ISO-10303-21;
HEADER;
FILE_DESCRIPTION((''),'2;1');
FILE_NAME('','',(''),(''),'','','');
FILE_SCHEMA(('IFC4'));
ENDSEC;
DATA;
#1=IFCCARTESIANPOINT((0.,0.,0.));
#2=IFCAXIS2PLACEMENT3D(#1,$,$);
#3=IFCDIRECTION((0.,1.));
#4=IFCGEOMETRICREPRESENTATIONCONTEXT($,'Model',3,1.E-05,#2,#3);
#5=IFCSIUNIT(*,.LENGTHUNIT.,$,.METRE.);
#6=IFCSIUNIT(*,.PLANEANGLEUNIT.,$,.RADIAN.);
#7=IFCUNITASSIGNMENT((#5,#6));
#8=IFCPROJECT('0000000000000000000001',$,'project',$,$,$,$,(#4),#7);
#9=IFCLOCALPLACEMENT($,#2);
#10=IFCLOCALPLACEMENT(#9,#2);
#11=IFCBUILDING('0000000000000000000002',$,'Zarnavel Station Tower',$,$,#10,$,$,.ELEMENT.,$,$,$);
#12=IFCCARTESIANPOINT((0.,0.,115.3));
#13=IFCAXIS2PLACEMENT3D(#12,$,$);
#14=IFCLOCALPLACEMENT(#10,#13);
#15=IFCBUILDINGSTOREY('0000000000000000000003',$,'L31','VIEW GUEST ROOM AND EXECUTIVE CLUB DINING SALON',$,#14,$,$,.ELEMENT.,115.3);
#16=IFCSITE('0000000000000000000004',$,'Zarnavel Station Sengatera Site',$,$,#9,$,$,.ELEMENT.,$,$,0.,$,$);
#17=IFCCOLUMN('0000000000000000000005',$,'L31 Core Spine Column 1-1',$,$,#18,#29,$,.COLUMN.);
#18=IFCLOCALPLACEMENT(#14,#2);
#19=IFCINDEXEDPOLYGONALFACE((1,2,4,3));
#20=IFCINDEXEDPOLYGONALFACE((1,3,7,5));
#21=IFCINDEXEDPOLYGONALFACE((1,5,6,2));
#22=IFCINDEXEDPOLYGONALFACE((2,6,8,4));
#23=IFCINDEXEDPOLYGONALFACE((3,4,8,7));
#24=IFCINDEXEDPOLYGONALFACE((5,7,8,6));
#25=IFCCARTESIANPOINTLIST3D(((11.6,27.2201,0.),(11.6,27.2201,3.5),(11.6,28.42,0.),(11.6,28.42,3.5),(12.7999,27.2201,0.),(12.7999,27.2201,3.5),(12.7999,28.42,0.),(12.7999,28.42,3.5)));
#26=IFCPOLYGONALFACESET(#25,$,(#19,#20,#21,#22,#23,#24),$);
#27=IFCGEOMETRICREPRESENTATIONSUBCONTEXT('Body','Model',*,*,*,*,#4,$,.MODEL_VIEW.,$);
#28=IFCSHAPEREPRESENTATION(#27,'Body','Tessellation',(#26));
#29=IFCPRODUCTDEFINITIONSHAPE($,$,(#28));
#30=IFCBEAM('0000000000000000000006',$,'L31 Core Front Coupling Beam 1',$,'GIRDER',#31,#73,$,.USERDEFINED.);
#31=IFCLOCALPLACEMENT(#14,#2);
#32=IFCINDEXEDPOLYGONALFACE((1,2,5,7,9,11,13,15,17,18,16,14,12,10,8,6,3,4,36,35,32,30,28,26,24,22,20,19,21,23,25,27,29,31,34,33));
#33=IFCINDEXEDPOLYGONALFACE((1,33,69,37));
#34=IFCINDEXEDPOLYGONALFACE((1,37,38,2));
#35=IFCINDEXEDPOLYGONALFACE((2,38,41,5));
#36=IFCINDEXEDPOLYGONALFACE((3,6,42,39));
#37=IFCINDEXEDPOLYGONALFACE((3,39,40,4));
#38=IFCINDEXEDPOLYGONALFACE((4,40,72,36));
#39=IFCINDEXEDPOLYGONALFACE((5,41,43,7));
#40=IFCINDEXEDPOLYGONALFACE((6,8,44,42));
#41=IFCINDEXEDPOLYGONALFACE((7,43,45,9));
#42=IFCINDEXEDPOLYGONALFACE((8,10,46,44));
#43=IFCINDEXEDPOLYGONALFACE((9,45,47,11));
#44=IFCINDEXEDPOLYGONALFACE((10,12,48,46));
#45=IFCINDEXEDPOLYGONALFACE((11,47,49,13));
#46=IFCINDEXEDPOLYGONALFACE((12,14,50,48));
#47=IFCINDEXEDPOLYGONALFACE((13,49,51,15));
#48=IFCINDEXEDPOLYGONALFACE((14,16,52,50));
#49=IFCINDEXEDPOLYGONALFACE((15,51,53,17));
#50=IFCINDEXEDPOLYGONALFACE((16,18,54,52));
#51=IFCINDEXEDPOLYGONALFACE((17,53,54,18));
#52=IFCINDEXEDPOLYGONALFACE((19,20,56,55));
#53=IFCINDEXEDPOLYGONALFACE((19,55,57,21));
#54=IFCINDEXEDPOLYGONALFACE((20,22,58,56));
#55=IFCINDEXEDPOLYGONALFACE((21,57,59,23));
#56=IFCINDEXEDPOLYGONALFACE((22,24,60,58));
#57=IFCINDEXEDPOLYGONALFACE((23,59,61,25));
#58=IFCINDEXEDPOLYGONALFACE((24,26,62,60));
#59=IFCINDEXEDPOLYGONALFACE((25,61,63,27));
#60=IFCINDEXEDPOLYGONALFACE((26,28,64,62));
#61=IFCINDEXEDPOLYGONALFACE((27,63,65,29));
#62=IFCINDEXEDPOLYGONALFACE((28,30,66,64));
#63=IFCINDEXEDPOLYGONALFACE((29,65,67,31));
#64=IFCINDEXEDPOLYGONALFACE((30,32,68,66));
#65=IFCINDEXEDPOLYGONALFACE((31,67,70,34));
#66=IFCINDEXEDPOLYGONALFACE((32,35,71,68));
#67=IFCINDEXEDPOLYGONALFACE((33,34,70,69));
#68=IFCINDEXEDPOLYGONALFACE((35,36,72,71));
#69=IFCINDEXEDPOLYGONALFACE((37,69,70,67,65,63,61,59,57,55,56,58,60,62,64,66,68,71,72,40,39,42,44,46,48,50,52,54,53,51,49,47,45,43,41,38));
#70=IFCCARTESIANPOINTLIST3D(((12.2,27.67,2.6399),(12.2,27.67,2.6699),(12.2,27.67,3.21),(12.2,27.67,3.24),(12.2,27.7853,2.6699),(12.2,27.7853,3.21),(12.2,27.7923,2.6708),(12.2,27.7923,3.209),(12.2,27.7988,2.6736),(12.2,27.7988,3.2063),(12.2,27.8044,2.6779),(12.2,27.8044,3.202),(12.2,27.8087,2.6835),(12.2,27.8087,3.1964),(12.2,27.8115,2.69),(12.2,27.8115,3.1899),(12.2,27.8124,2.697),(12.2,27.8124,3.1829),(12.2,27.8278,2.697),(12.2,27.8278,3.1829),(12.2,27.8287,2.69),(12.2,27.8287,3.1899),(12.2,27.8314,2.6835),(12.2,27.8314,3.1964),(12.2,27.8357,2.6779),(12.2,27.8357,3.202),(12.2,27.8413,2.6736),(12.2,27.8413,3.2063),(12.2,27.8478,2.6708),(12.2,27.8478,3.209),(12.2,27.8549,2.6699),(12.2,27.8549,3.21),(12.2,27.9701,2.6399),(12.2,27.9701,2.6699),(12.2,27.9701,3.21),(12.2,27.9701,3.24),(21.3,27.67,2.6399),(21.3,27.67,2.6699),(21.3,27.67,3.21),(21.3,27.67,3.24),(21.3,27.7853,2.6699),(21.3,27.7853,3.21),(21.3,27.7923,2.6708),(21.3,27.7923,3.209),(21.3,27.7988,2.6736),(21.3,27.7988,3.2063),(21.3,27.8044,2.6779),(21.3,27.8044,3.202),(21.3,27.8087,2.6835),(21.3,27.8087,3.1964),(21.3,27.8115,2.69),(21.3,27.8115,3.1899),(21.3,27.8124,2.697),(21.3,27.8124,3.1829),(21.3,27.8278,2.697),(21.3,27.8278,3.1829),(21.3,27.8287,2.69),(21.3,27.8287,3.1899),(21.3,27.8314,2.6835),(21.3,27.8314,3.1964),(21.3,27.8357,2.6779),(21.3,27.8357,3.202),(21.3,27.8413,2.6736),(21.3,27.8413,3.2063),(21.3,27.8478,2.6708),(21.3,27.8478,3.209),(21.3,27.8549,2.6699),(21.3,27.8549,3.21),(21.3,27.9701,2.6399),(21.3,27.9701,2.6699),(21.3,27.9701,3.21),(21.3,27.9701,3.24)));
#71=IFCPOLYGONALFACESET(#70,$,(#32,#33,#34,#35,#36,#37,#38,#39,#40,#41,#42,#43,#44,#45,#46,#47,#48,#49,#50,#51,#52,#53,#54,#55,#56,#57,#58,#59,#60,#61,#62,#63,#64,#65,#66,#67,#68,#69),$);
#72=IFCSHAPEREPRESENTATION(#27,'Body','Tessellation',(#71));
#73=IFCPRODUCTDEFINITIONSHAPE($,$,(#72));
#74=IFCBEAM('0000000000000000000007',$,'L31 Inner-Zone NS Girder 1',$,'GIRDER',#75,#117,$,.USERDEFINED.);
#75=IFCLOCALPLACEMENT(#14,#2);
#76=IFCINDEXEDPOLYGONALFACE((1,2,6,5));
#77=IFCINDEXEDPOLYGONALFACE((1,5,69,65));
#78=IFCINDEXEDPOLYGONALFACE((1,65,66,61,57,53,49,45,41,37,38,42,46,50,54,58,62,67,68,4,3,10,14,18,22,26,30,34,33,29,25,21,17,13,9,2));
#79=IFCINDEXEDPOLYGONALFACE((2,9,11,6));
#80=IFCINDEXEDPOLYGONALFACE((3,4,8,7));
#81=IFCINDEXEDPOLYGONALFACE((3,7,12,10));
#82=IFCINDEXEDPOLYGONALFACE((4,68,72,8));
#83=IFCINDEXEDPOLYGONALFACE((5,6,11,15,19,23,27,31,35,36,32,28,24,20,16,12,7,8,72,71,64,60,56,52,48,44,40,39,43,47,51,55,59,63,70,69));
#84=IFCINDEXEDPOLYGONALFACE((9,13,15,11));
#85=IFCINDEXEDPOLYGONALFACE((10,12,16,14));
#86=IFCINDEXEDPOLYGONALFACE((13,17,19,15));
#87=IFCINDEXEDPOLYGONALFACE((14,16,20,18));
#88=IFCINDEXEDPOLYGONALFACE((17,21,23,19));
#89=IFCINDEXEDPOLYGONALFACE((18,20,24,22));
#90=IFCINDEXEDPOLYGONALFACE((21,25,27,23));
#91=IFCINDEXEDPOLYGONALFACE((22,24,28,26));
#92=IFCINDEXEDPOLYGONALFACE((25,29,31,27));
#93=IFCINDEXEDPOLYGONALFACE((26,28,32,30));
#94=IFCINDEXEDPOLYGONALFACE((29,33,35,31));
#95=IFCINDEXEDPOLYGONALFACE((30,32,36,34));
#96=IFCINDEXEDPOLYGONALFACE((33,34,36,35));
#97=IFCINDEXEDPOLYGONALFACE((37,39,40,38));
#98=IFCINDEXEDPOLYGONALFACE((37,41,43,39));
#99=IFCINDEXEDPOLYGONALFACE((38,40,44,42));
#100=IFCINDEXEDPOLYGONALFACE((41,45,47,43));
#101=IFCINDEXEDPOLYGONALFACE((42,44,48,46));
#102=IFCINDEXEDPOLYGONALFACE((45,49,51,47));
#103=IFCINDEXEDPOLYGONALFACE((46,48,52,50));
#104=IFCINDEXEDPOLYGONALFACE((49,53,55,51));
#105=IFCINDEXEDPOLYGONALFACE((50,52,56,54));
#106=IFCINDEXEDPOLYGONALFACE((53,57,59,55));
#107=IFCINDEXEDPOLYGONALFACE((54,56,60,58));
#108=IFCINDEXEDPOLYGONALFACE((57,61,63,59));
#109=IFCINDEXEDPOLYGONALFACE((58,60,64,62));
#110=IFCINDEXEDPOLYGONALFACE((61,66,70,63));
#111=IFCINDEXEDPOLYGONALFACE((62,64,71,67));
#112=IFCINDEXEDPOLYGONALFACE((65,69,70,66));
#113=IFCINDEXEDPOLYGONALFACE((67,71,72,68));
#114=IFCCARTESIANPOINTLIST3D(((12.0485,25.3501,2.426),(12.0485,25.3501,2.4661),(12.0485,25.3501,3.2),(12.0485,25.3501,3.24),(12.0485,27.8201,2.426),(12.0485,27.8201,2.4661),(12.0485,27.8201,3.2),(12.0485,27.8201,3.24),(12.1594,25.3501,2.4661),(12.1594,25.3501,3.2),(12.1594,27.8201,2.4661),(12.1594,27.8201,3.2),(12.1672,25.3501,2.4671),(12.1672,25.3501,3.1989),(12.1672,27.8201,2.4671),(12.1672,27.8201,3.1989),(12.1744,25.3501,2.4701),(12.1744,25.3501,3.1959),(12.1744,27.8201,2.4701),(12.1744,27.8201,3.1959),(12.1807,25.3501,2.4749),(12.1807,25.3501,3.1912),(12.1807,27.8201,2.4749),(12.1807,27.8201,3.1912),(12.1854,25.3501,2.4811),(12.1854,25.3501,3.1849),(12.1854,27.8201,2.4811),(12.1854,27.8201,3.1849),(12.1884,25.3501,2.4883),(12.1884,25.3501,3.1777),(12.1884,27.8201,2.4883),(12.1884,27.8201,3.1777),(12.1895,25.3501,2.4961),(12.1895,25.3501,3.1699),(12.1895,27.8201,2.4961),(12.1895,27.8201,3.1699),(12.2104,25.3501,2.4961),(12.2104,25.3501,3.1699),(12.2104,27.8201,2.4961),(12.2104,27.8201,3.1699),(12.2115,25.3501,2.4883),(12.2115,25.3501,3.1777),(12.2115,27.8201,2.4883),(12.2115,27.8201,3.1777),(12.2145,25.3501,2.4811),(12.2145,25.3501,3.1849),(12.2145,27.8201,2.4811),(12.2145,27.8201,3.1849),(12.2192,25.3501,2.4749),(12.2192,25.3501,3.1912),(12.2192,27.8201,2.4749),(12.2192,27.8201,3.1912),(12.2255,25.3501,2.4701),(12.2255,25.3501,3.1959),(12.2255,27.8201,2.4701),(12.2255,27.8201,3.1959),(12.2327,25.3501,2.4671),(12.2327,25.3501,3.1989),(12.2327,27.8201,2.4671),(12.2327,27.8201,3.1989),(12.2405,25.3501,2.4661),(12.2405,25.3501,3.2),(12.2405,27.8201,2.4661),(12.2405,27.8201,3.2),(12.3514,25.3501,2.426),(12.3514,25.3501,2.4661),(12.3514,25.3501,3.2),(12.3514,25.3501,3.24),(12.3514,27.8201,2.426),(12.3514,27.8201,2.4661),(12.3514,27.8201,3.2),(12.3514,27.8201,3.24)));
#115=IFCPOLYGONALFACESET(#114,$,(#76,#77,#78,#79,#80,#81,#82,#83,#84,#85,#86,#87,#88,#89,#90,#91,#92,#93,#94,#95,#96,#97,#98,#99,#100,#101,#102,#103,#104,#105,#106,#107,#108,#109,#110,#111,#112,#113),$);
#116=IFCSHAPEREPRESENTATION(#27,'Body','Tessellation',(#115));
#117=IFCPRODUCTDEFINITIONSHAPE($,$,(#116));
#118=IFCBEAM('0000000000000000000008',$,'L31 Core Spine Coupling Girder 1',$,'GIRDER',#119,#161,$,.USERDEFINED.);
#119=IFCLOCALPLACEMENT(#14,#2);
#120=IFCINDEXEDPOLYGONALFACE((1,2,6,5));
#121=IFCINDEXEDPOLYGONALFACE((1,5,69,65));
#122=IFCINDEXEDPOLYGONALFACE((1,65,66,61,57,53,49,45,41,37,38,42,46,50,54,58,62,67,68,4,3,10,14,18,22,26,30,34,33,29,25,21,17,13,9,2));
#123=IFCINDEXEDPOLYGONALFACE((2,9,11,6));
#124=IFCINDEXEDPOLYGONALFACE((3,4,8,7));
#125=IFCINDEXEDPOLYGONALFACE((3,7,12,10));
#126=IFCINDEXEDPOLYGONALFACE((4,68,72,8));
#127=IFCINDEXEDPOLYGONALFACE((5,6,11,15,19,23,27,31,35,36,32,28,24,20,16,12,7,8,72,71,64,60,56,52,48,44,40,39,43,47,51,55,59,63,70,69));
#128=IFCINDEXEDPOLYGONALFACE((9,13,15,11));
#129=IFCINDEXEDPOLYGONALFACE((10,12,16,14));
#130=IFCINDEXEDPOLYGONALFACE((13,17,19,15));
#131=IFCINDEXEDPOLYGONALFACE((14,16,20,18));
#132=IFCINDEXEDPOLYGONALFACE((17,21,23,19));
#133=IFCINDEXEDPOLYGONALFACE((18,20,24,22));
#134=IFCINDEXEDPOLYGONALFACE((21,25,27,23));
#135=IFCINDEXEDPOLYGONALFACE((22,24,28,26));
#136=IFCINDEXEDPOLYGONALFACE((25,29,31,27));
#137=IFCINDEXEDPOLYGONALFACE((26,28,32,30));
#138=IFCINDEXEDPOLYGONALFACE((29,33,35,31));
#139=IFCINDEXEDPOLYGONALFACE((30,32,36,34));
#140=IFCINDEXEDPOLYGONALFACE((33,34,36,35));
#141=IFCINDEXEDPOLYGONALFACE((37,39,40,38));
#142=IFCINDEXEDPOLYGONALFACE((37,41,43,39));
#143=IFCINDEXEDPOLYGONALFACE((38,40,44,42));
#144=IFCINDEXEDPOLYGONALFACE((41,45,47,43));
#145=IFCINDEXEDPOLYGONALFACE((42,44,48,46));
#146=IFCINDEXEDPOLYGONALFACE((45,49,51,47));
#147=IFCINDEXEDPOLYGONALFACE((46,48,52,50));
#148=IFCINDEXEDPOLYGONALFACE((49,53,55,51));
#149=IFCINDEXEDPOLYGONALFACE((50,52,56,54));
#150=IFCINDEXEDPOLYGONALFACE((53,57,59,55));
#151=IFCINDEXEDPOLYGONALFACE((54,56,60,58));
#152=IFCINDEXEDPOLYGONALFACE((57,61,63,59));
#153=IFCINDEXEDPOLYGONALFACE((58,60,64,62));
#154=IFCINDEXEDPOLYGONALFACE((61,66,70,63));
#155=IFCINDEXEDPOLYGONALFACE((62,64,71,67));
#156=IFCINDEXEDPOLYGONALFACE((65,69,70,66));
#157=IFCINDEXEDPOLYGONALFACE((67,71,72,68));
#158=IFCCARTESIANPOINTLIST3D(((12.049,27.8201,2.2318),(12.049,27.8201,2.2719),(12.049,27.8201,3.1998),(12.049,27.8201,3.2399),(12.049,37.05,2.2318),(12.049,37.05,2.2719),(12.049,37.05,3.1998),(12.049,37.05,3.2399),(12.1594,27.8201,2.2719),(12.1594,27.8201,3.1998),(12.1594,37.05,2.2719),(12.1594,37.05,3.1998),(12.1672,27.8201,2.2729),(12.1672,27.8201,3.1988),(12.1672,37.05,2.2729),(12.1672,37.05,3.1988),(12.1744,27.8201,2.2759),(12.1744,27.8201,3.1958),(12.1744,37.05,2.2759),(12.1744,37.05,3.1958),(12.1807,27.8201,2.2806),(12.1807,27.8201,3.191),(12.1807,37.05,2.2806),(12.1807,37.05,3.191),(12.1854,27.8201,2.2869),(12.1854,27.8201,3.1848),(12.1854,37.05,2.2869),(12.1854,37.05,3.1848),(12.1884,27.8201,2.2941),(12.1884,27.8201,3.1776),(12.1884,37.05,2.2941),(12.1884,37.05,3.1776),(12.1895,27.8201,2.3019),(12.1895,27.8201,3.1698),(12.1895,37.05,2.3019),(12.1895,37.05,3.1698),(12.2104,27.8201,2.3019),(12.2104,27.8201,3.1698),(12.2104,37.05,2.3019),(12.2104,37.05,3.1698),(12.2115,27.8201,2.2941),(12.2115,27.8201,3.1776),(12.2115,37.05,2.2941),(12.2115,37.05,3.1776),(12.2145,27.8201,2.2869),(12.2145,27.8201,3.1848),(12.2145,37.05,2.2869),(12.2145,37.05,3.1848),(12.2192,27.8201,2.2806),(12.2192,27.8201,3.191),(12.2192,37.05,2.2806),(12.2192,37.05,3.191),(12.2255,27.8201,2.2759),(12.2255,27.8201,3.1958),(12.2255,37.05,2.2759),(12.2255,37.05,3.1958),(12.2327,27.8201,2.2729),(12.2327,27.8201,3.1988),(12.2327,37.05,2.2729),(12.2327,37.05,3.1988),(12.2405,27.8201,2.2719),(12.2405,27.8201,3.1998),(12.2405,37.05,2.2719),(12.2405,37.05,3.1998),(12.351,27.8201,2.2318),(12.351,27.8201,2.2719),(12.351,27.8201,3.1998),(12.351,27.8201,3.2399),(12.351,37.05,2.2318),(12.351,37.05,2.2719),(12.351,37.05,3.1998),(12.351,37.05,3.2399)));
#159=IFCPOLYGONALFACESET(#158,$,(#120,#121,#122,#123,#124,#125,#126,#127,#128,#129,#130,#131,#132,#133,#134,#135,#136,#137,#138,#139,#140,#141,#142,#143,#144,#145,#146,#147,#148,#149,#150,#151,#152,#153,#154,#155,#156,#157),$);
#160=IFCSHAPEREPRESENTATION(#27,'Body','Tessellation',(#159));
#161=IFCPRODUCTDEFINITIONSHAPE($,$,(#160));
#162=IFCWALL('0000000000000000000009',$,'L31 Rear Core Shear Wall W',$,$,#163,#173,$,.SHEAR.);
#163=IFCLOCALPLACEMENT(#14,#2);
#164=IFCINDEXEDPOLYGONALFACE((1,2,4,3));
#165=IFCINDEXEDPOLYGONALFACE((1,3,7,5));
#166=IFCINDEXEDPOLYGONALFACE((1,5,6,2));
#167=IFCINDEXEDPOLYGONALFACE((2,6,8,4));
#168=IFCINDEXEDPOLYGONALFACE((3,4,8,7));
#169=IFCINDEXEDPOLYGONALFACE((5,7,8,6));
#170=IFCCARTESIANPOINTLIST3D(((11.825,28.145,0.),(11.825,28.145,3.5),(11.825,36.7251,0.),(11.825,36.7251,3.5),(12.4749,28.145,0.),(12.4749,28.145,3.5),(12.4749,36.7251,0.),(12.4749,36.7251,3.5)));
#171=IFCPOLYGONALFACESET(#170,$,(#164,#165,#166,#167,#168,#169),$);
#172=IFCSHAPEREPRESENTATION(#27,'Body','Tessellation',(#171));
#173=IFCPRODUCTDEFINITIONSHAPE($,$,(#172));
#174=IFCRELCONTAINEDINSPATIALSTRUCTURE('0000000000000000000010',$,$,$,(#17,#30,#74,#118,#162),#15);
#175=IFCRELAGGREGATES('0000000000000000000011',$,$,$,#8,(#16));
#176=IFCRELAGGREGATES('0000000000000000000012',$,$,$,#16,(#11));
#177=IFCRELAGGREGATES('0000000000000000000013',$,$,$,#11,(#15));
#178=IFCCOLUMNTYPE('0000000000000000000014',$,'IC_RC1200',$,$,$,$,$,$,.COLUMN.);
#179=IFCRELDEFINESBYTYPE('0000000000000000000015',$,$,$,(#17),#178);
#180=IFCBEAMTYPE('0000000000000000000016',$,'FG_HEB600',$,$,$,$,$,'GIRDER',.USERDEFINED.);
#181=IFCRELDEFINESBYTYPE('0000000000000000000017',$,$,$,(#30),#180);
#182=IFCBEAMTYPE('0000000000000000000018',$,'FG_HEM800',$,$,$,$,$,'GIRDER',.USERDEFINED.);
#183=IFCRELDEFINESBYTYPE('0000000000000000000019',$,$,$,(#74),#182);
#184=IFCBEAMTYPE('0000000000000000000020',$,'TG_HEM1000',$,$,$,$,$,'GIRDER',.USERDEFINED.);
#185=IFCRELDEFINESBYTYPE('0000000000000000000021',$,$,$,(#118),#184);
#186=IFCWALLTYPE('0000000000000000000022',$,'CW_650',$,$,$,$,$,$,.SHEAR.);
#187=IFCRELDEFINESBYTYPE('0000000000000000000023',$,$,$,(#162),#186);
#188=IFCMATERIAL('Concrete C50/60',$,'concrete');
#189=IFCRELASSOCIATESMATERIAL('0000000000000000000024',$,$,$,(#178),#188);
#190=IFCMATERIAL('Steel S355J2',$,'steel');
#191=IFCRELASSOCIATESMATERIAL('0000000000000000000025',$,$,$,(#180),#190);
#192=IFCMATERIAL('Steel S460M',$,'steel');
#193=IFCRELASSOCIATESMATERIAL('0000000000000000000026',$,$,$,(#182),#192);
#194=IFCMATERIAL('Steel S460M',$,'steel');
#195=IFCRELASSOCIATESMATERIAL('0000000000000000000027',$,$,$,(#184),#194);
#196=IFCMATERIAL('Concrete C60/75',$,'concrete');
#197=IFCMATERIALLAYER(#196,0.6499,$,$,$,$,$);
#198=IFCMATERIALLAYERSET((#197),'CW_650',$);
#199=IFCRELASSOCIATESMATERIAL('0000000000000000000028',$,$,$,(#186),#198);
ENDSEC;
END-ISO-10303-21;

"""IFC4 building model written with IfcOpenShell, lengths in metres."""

from ifc_helpers import new_model, si_unit, direction, frame, frame_2d, origin, origin_2d, place, context, subcontext, project, spatial, rectangle, i_section, extrude, material, layer, layer_set, material_profile, profile_set, type_object, element, save


model = new_model("IFC4")

# Units and contexts
model_context = context("Model", 3, precision=1e-05, world=origin(), true_north=direction((0.0, 1.0)))
body_context = subcontext(model_context, "Body", "Model", "MODEL_VIEW")
ifc_project = project(units=[si_unit("LENGTHUNIT", "METRE"), si_unit("PLANEANGLEUNIT", "RADIAN")], contexts=[model_context])

# Site, building, storey
site_placement = place(None, origin())
site = spatial("IfcSite", under=ifc_project, at=site_placement, Name="Zarnavel Station Sengatera Site", CompositionType="ELEMENT", RefElevation=0.0)
building_placement = place(site_placement, origin())
building = spatial("IfcBuilding", under=site, at=building_placement, Name="Zarnavel Station Tower", CompositionType="ELEMENT")
storey_placement = place(building_placement, frame((0.0, 0.0, 115.3)))
storey = spatial("IfcBuildingStorey", under=building, at=storey_placement, Name="L31", Description="VIEW GUEST ROOM AND EXECUTIVE CLUB DINING SALON", CompositionType="ELEMENT", Elevation=115.3)

# Column
ifc_material_1 = material(Name="Concrete C50/60", Category="concrete")
ifc_material_profile_1 = material_profile(ifc_material_1, rectangle(XDim=1.2, YDim=1.2, at=origin_2d()), Name="RC1200x1200")
ifc_profile_set_1 = profile_set([ifc_material_profile_1], Name="Concrete C50/60")
column_type = type_object("IfcColumnType", Name="IC_RC1200", PredefinedType="COLUMN", material=ifc_profile_set_1)
column_placement = place(storey_placement, frame((12.2, 27.8201, 0.0), z_axis=(0.0, 0.0, 1.0), x_axis=(1.0, 0.0, 0.0)))
element("IfcColumn", 1, at=column_placement, inside=storey, type_object=column_type, Name="L31 Core Spine Column 1-1", PredefinedType="COLUMN", context=body_context, shape_type="SweptSolid", body=[
    extrude(rectangle(XDim=1.2, YDim=1.2, at=origin_2d()), origin(), (0.0, 0.0, 1.0), 3.5),
])

# Beams
ifc_material_2 = material(Name="Steel S355J2", Category="steel")
ifc_material_profile_2 = material_profile(ifc_material_2, i_section(OverallWidth=0.3, OverallDepth=0.6001, WebThickness=0.0154, FlangeThickness=0.03, FilletRadius=0.0271, at=origin_2d()), Name="HEB600")
ifc_profile_set_2 = profile_set([ifc_material_profile_2], Name="Steel S355J2")
beam_type_1 = type_object("IfcBeamType", Name="FG_HEB600", ElementType="GIRDER", PredefinedType="USERDEFINED", material=ifc_profile_set_2)
beam_1_placement = place(storey_placement, frame((12.2, 27.8201, 2.9399), z_axis=(1.0, 0.0, 0.0), x_axis=(0.0, 1.0, 0.0)))
element("IfcBeam", 2, at=beam_1_placement, inside=storey, type_object=beam_type_1, Name="L31 Core Front Coupling Beam 1", ObjectType="GIRDER", PredefinedType="USERDEFINED", context=body_context, shape_type="SweptSolid", body=[
    extrude(i_section(OverallWidth=0.3, OverallDepth=0.6001, WebThickness=0.0154, FlangeThickness=0.03, FilletRadius=0.0271, at=origin_2d()), origin(), (0.0, 0.0, 1.0), 9.1001),
])
ifc_material_3 = material(Name="Steel S460M", Category="steel")
ifc_material_profile_3 = material_profile(ifc_material_3, i_section(OverallWidth=0.303, OverallDepth=0.814, WebThickness=0.021, FlangeThickness=0.04, FilletRadius=0.03, at=origin_2d()), Name="HEM800")
ifc_profile_set_3 = profile_set([ifc_material_profile_3], Name="Steel S460M")
beam_type_2 = type_object("IfcBeamType", Name="FG_HEM800", ElementType="GIRDER", PredefinedType="USERDEFINED", material=ifc_profile_set_3)
beam_2_placement = place(storey_placement, frame((12.2, 25.3501, 2.833), z_axis=(0.0, 1.0, 0.0), x_axis=(-1.0, 0.0, 0.0)))
element("IfcBeam", 3, at=beam_2_placement, inside=storey, type_object=beam_type_2, Name="L31 Inner-Zone NS Girder 1", ObjectType="GIRDER", PredefinedType="USERDEFINED", context=body_context, shape_type="SweptSolid", body=[
    extrude(i_section(OverallWidth=0.303, OverallDepth=0.814, WebThickness=0.021, FlangeThickness=0.04, FilletRadius=0.03, at=origin_2d()), origin(), (0.0, 0.0, 1.0), 2.47),
])
ifc_material_4 = material(Name="Steel S460M", Category="steel")
ifc_material_profile_4 = material_profile(ifc_material_4, i_section(OverallWidth=0.302, OverallDepth=1.0081, WebThickness=0.021, FlangeThickness=0.04, FilletRadius=0.03, at=origin_2d()), Name="HEM1000")
ifc_profile_set_4 = profile_set([ifc_material_profile_4], Name="Steel S460M")
beam_type_3 = type_object("IfcBeamType", Name="TG_HEM1000", ElementType="GIRDER", PredefinedType="USERDEFINED", material=ifc_profile_set_4)
beam_3_placement = place(storey_placement, frame((12.2, 27.8201, 2.7358), z_axis=(0.0, 1.0, 0.0), x_axis=(-1.0, 0.0, 0.0)))
element("IfcBeam", 4, at=beam_3_placement, inside=storey, type_object=beam_type_3, Name="L31 Core Spine Coupling Girder 1", ObjectType="GIRDER", PredefinedType="USERDEFINED", context=body_context, shape_type="SweptSolid", body=[
    extrude(i_section(OverallWidth=0.302, OverallDepth=1.0081, WebThickness=0.021, FlangeThickness=0.04, FilletRadius=0.03, at=origin_2d()), origin(), (0.0, 0.0, 1.0), 9.23),
])

# Wall
ifc_material_5 = material(Name="Concrete C60/75", Category="concrete")
ifc_layer_1 = layer(ifc_material_5, 0.6499)
ifc_layer_set_1 = layer_set([ifc_layer_1], Name="CW_650")
wall_type_1 = type_object("IfcWallType", Name="CW_650", PredefinedType="SHEAR", material=ifc_layer_set_1)
wall_1_placement = place(storey_placement, frame((12.1499, 28.145, 0.0), z_axis=(0.0, 0.0, 1.0), x_axis=(0.0, 1.0, 0.0)))
element("IfcWall", 5, at=wall_1_placement, inside=storey, type_object=wall_type_1, Name="L31 Rear Core Shear Wall W", PredefinedType="SHEAR", context=body_context, shape_type="SweptSolid", body=[
    extrude(rectangle(XDim=8.5801, YDim=0.6499, at=frame_2d((4.29, 0.0))), origin(), (0.0, 0.0, 1.0), 3.5),
])

save(model, "model.ifc")
